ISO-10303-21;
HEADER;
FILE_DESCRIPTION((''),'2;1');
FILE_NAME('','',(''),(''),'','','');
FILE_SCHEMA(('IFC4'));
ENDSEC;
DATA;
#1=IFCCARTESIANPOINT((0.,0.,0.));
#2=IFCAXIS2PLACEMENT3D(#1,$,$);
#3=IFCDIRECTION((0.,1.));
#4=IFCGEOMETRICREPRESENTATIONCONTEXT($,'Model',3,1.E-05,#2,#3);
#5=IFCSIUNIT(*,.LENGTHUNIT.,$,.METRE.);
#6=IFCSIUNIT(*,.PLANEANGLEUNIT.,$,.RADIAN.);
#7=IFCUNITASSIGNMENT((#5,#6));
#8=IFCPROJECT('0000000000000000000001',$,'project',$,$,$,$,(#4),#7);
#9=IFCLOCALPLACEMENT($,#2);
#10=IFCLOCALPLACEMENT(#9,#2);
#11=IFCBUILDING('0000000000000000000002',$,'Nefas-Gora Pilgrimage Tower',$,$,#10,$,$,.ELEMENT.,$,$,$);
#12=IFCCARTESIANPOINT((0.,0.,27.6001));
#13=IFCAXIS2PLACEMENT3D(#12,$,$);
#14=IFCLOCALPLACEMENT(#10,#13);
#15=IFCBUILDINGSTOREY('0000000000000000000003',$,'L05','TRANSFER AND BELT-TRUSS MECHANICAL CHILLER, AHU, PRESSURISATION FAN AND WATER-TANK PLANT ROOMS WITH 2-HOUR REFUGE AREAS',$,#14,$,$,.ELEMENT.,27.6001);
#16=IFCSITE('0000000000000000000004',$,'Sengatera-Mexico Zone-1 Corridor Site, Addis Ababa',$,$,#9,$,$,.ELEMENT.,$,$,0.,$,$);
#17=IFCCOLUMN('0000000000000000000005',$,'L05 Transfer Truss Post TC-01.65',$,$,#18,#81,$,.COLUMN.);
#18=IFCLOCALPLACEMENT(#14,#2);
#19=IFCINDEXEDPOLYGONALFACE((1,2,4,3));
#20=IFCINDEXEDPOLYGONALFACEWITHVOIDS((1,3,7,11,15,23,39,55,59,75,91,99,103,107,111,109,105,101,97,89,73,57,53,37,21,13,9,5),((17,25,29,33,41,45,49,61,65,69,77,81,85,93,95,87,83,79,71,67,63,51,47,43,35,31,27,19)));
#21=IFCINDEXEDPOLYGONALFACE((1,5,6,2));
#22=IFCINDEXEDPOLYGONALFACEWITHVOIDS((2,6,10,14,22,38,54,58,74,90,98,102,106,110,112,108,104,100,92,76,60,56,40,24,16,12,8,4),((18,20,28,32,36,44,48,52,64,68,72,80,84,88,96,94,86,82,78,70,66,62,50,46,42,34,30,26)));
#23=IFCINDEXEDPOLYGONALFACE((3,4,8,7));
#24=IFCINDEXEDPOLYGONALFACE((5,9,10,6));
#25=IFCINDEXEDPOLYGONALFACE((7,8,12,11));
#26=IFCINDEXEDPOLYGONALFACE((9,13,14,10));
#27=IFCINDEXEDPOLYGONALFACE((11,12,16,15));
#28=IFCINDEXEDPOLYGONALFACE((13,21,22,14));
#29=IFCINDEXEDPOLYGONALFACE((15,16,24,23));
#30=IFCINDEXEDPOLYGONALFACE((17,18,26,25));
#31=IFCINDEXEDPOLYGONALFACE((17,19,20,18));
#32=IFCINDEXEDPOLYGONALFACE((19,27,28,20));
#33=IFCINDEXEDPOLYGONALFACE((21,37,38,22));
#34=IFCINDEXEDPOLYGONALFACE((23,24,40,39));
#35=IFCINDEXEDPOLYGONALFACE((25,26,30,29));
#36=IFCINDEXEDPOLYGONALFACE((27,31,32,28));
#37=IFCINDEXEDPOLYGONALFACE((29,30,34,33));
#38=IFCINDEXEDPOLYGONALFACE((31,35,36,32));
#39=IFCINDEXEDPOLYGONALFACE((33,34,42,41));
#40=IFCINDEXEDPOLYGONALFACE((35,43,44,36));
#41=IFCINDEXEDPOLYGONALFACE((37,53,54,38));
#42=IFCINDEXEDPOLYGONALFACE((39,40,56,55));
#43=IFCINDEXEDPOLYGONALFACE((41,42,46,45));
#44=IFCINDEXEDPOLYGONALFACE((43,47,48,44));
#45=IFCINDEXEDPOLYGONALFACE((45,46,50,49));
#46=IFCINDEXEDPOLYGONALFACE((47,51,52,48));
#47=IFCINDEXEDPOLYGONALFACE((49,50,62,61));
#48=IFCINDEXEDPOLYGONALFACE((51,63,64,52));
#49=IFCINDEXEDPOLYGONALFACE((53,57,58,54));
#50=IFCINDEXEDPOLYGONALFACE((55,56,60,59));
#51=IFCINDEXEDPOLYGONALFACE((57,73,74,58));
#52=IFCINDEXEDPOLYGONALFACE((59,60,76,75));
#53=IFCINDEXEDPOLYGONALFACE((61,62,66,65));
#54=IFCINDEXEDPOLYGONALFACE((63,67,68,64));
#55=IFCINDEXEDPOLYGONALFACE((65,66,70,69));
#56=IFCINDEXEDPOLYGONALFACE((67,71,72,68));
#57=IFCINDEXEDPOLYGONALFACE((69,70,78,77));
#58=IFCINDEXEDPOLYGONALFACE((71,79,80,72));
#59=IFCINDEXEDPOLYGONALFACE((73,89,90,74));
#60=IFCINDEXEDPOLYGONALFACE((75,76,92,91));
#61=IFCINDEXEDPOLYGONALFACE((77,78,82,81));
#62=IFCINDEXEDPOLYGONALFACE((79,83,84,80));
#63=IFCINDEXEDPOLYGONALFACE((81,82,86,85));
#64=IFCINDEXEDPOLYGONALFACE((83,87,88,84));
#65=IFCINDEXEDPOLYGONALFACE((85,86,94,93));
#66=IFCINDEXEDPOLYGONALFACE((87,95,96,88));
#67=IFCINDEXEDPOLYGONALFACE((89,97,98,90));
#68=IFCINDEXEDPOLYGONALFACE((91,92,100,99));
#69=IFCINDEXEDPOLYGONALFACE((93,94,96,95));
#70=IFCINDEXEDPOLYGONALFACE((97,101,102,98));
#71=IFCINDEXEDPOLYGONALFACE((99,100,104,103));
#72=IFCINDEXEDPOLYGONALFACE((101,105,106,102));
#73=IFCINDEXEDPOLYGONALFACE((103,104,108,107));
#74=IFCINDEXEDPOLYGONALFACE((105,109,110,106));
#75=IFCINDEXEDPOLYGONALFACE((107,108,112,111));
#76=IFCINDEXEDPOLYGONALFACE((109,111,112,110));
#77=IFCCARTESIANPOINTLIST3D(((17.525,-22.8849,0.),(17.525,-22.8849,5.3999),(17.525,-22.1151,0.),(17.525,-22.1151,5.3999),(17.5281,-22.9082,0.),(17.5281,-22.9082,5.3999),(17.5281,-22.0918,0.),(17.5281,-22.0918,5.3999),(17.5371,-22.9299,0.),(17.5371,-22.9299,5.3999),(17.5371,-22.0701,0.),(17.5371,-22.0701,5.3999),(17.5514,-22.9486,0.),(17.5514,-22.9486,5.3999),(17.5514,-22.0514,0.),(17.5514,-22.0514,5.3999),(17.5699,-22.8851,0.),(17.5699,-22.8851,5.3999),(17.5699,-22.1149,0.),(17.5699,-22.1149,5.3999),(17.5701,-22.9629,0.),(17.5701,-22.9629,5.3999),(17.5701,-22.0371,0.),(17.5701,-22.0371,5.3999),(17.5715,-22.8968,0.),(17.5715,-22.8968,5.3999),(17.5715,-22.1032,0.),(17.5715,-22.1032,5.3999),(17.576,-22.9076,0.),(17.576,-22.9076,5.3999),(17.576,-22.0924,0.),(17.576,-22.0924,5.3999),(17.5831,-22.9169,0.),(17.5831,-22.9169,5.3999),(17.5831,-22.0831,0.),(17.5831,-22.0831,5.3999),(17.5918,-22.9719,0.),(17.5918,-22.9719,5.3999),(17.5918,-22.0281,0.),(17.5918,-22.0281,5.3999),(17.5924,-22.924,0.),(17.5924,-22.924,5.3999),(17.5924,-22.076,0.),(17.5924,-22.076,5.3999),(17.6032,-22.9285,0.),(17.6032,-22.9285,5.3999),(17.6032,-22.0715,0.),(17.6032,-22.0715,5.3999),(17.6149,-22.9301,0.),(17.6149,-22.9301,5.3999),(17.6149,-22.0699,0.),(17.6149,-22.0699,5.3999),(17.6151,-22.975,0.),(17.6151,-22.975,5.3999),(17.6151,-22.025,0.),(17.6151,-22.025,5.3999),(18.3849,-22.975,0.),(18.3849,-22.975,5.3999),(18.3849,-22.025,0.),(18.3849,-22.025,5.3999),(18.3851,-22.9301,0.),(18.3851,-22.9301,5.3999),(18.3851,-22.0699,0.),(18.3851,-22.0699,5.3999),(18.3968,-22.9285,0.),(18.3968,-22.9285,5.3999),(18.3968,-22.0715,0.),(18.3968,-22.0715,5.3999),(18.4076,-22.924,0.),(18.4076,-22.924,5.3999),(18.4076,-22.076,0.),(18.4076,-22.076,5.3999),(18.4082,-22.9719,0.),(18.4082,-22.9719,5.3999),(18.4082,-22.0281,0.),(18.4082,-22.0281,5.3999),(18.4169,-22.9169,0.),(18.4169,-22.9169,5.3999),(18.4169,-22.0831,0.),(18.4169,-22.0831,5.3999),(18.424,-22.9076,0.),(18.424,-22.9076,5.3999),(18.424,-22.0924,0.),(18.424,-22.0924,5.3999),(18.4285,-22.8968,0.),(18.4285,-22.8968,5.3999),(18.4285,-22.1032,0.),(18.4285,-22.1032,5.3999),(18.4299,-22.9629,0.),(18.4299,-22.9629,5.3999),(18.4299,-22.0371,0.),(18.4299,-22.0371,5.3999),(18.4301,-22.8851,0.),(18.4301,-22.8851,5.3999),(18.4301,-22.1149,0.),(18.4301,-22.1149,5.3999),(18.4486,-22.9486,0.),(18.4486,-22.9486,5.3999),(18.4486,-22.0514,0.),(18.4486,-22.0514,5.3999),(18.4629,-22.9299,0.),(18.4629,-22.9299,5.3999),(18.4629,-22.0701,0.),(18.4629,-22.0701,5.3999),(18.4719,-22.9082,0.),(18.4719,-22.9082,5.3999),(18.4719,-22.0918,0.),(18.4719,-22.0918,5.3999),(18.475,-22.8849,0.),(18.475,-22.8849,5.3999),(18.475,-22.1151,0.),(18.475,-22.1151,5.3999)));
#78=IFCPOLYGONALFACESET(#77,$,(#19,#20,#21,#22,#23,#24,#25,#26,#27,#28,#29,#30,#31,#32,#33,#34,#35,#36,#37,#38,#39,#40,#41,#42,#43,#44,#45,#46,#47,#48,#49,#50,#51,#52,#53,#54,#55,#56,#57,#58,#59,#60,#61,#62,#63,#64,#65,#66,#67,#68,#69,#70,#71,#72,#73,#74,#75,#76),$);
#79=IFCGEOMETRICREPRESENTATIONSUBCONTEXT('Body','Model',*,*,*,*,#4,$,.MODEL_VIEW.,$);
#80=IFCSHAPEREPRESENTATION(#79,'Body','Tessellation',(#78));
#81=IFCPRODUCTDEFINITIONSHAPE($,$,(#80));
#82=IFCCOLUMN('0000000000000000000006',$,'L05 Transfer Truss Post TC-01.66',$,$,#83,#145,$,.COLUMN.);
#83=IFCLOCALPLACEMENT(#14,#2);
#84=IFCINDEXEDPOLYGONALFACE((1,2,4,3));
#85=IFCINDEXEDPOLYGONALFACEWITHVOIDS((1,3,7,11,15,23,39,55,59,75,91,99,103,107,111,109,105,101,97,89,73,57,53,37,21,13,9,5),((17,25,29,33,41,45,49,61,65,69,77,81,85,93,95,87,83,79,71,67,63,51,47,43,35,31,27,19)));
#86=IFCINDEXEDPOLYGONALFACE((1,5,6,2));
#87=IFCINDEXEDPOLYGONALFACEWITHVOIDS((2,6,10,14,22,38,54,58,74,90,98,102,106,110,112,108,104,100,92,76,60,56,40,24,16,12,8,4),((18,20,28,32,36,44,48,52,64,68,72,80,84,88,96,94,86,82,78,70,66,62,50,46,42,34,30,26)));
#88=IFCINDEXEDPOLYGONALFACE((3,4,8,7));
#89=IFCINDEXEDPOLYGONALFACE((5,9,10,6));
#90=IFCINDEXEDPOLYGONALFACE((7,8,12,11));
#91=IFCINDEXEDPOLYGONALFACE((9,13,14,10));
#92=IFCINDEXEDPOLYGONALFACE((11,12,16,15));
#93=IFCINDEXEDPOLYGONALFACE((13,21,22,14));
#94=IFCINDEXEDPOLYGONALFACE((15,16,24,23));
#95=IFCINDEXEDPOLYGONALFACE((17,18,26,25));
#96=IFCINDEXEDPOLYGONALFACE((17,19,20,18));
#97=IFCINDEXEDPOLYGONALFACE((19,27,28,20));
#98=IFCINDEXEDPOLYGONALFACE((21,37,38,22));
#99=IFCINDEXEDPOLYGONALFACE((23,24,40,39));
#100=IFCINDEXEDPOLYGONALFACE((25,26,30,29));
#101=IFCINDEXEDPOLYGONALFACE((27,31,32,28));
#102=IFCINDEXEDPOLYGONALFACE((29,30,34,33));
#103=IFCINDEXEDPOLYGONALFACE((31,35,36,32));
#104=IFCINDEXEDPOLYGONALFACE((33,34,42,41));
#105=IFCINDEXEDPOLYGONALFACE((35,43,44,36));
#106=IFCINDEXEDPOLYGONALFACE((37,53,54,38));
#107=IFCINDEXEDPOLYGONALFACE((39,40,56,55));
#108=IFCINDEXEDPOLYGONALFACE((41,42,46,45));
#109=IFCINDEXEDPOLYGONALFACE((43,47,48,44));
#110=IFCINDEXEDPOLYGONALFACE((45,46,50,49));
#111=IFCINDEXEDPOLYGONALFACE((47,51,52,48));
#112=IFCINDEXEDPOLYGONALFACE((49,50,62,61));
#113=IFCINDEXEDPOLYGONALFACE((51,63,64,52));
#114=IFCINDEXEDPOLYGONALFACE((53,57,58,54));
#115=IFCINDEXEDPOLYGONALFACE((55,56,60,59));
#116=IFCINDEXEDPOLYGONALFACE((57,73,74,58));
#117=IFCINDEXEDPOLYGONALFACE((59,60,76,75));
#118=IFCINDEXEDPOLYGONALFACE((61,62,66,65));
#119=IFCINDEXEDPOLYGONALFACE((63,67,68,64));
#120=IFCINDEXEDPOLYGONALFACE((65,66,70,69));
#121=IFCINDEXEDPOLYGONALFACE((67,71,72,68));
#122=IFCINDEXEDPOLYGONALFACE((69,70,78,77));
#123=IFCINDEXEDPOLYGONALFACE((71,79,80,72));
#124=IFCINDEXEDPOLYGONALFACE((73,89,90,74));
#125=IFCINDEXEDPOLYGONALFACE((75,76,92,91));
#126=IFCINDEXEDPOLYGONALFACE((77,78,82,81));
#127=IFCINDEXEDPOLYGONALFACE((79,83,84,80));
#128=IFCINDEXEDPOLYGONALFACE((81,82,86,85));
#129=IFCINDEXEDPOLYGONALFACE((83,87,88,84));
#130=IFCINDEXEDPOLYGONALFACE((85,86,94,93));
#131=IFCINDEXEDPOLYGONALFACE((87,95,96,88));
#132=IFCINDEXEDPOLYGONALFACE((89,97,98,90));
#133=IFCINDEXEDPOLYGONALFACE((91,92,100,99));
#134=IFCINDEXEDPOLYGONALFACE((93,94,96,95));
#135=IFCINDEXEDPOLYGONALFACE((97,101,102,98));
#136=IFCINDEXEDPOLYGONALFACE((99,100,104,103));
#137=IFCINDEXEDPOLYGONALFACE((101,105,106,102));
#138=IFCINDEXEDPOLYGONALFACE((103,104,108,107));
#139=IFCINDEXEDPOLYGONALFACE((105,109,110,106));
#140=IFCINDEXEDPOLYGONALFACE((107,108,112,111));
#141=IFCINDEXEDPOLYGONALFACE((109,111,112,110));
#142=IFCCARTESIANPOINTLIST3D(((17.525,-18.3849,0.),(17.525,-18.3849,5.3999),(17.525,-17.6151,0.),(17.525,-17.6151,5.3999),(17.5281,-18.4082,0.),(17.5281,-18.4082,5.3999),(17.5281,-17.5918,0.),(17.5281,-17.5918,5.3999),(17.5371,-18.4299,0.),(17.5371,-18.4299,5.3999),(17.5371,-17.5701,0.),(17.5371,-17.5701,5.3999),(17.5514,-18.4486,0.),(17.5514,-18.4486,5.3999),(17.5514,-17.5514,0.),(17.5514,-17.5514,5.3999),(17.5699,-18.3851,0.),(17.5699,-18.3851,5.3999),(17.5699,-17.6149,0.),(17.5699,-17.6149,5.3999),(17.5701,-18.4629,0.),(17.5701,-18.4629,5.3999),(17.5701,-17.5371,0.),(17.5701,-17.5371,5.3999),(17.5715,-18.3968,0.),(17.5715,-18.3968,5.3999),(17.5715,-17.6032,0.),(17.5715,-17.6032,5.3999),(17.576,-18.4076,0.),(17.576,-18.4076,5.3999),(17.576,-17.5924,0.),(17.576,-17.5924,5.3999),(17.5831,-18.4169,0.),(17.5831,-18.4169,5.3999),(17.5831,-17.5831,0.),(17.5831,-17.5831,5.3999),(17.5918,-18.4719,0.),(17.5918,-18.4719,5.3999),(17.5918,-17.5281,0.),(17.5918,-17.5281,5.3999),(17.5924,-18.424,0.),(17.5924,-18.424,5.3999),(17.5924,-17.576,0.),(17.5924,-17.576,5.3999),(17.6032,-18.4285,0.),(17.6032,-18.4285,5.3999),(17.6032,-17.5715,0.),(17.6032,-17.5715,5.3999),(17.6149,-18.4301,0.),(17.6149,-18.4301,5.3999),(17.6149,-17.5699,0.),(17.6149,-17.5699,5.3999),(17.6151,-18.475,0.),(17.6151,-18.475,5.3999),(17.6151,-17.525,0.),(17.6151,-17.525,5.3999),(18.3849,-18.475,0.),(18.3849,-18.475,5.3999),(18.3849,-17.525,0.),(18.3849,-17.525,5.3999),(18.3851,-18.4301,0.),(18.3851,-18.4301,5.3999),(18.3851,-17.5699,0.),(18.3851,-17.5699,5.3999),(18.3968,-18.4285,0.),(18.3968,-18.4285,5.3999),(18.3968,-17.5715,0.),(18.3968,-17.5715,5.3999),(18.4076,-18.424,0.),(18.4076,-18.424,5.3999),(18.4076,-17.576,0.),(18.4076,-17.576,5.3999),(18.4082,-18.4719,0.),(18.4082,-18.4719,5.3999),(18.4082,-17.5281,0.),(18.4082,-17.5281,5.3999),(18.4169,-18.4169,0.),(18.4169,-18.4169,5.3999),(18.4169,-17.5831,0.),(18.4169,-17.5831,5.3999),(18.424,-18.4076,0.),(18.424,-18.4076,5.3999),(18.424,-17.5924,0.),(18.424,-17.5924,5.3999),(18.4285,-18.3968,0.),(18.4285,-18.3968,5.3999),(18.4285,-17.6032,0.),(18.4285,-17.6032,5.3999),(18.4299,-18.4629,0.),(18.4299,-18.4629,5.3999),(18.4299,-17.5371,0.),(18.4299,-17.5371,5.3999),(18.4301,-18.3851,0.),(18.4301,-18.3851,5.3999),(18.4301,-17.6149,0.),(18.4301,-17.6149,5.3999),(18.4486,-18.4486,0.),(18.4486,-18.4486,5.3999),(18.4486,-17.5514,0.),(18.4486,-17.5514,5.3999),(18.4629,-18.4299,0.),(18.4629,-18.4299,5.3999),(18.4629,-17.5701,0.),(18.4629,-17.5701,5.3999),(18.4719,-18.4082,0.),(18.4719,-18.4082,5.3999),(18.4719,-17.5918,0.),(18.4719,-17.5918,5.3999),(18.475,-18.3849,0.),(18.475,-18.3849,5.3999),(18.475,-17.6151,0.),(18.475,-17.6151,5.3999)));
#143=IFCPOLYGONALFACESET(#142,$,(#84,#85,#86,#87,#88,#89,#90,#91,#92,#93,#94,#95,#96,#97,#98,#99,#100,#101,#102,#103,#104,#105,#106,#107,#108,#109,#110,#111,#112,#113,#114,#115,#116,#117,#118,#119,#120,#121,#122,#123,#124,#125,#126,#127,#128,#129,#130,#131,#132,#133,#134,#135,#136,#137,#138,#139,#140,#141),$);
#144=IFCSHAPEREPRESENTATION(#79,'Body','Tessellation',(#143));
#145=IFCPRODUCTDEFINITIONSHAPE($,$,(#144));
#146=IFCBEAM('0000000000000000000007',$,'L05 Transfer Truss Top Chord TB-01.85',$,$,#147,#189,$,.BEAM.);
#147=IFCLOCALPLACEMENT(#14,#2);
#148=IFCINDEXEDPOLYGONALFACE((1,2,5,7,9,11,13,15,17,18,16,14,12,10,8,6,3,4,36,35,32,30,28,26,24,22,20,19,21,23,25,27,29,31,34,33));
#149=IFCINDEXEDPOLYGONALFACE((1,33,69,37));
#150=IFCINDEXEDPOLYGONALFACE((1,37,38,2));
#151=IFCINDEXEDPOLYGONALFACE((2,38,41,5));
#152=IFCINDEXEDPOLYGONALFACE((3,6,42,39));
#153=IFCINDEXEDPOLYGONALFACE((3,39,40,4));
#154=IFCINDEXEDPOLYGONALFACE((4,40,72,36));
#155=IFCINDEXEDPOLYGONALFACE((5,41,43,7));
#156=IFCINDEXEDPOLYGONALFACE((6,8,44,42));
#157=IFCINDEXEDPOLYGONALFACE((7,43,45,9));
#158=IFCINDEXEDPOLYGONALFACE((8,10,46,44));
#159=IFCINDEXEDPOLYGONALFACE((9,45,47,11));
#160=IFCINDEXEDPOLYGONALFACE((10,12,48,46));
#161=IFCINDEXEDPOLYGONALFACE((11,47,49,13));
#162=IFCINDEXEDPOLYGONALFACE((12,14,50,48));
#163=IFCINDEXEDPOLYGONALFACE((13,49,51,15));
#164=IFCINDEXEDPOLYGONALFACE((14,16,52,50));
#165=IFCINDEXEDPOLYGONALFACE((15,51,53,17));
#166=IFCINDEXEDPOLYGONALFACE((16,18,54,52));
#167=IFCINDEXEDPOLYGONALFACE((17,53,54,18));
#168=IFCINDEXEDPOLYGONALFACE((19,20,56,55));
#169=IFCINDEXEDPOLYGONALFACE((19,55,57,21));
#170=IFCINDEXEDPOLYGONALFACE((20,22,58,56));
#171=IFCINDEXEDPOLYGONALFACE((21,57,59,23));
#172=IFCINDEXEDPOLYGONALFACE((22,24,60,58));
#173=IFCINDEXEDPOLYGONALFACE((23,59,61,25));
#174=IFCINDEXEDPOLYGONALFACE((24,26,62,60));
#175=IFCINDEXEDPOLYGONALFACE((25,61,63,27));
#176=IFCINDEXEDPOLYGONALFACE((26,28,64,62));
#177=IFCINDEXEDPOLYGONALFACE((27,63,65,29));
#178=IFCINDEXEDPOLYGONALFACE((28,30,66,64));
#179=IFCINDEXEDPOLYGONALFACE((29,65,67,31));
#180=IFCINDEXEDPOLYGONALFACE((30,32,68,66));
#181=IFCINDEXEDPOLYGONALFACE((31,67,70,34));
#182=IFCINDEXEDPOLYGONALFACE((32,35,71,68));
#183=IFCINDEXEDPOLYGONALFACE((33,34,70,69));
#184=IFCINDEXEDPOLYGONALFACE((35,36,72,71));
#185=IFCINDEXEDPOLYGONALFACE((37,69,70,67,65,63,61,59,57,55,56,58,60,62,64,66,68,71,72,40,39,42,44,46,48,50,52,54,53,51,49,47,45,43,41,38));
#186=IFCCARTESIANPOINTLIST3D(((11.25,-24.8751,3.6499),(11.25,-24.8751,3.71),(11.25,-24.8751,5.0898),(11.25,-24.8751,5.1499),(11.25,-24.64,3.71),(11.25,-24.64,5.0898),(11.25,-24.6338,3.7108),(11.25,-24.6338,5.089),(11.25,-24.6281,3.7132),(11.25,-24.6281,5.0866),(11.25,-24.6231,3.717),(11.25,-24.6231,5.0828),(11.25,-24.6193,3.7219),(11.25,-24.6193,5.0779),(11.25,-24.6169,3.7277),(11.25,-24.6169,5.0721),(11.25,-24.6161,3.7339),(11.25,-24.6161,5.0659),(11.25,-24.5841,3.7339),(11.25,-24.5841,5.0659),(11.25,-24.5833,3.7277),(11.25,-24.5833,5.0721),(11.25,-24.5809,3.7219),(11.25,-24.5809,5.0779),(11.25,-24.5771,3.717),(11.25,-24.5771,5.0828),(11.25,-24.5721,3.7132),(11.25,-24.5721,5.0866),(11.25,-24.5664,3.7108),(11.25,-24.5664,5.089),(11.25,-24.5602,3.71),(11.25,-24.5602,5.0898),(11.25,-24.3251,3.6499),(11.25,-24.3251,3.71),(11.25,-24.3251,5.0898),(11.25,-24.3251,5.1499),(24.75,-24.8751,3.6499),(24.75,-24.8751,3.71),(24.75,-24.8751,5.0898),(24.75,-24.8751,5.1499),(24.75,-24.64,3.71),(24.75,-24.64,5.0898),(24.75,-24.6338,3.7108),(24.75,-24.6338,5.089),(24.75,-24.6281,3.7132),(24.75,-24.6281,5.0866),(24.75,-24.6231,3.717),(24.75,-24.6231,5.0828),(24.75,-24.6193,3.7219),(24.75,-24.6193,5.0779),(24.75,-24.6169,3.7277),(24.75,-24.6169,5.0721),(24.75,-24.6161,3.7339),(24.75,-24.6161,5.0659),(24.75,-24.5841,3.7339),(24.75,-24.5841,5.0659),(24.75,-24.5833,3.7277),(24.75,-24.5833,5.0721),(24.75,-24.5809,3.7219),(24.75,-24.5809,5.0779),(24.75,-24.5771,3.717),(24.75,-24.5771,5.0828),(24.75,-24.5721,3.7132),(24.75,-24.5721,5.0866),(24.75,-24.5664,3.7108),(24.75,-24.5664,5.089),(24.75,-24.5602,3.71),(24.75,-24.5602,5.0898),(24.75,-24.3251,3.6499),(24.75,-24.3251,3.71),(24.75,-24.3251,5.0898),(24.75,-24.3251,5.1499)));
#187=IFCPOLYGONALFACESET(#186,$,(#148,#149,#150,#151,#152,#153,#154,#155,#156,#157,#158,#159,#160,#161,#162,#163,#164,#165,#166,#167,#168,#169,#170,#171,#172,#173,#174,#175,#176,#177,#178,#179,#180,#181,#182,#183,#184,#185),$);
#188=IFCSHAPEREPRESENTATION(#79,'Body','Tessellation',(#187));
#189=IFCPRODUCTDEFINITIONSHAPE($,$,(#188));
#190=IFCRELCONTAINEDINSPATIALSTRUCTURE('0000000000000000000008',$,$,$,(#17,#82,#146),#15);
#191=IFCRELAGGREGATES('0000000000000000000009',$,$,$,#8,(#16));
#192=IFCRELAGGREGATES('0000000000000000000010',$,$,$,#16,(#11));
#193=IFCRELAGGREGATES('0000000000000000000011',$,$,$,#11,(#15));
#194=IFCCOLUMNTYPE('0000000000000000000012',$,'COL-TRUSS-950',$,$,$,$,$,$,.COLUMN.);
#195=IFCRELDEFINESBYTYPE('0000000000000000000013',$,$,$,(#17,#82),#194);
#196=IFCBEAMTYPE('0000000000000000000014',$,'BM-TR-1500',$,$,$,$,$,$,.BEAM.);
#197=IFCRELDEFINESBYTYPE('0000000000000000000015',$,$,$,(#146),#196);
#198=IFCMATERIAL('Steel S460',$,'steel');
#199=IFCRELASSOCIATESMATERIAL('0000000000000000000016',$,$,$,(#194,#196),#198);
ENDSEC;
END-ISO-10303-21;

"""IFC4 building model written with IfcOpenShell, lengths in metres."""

from ifc_helpers import new_model, si_unit, direction, frame, origin, origin_2d, place, context, subcontext, project, spatial, hollow_rectangle, i_section, extrude, source, transform, mapped, material, material_profile, profile_set, type_object, element, save


model = new_model("IFC4")

# Units and contexts
model_context = context("Model", 3, precision=1e-05, world=origin(), true_north=direction((0.0, 1.0)))
body_context = subcontext(model_context, "Body", "Model", "MODEL_VIEW")
ifc_project = project(units=[si_unit("LENGTHUNIT", "METRE"), si_unit("PLANEANGLEUNIT", "RADIAN")], contexts=[model_context])

# Site, building, storey
site_placement = place(None, origin())
site = spatial("IfcSite", under=ifc_project, at=site_placement, Name="Sengatera-Mexico Zone-1 Corridor Site, Addis Ababa", CompositionType="ELEMENT", RefElevation=0.0)
building_placement = place(site_placement, origin())
building = spatial("IfcBuilding", under=site, at=building_placement, Name="Nefas-Gora Pilgrimage Tower", CompositionType="ELEMENT")
storey_placement = place(building_placement, frame((0.0, 0.0, 27.6001)))
storey = spatial("IfcBuildingStorey", under=building, at=storey_placement, Name="L05", Description="TRANSFER AND BELT-TRUSS MECHANICAL CHILLER, AHU, PRESSURISATION FAN AND WATER-TANK PLANT ROOMS WITH 2-HOUR REFUGE AREAS", CompositionType="ELEMENT", Elevation=27.6001)

# Columns
ifc_material = material(Name="Steel S460", Category="steel")
ifc_material_profile_1 = material_profile(ifc_material, hollow_rectangle(XDim=0.95, YDim=0.95, WallThickness=0.0449, InnerFilletRadius=0.0449, OuterFilletRadius=0.0901, at=origin_2d()), Name="BOX 950x950x45")
ifc_profile_set_1 = profile_set([ifc_material_profile_1], Name="Steel S460")
column_type = type_object("IfcColumnType", Name="COL-TRUSS-950", PredefinedType="COLUMN", material=ifc_profile_set_1)
shared_shape_1 = source(origin(), body_context, "Body", "SweptSolid", [
    extrude(hollow_rectangle(XDim=0.95, YDim=0.95, WallThickness=0.0449, InnerFilletRadius=0.0449, OuterFilletRadius=0.0901, at=origin_2d()), origin(), (0.0, 0.0, 1.0), 5.3999),
])
for number, where, z_axis, x_axis, name in (
    (1, (18.0, -22.5, 0.0), (0.0, 0.0, 1.0), (1.0, 0.0, 0.0), "L05 Transfer Truss Post TC-01.65"),
    (2, (18.0, -18.0, 0.0), (0.0, 0.0, 1.0), (1.0, 0.0, 0.0), "L05 Transfer Truss Post TC-01.66"),
):
    element("IfcColumn", number, at=place(storey_placement, frame(where, z_axis=z_axis, x_axis=x_axis)), inside=storey, type_object=column_type, Name=name, PredefinedType="COLUMN", context=body_context, shape_type="MappedRepresentation", body=[
        mapped(shared_shape_1, transform((0.0, 0.0, 0.0), x_axis=(1.0, 0.0, 0.0), y_axis=(0.0, 1.0, 0.0), z_axis=(0.0, 0.0, 1.0), scale=1.0)),
    ])

# Beam
ifc_material_profile_2 = material_profile(ifc_material, i_section(OverallWidth=0.55, OverallDepth=1.5, WebThickness=0.032, FlangeThickness=0.0601, FilletRadius=0.0239, at=origin_2d()), Name="WPG 1500x550x32x60")
ifc_profile_set_2 = profile_set([ifc_material_profile_2], Name="Steel S460")
beam_type_1 = type_object("IfcBeamType", Name="BM-TR-1500", PredefinedType="BEAM", material=ifc_profile_set_2)
shared_shape_2 = source(origin(), body_context, "Body", "SweptSolid", [
    extrude(i_section(OverallWidth=0.55, OverallDepth=1.5, WebThickness=0.032, FlangeThickness=0.0601, FilletRadius=0.0239, at=origin_2d()), origin(), (0.0, 0.0, 1.0), 13.5),
])
beam_1_placement = place(storey_placement, frame((11.25, -24.6001, 4.3999), z_axis=(1.0, 0.0, 0.0), x_axis=(0.0, 1.0, 0.0)))
element("IfcBeam", 3, at=beam_1_placement, inside=storey, type_object=beam_type_1, Name="L05 Transfer Truss Top Chord TB-01.85", PredefinedType="BEAM", context=body_context, shape_type="MappedRepresentation", body=[
    mapped(shared_shape_2, transform((0.0, 0.0, 0.0), x_axis=(1.0, 0.0, 0.0), y_axis=(0.0, 1.0, 0.0), z_axis=(0.0, 0.0, 1.0), scale=1.0)),
])

save(model, "model.ifc")
